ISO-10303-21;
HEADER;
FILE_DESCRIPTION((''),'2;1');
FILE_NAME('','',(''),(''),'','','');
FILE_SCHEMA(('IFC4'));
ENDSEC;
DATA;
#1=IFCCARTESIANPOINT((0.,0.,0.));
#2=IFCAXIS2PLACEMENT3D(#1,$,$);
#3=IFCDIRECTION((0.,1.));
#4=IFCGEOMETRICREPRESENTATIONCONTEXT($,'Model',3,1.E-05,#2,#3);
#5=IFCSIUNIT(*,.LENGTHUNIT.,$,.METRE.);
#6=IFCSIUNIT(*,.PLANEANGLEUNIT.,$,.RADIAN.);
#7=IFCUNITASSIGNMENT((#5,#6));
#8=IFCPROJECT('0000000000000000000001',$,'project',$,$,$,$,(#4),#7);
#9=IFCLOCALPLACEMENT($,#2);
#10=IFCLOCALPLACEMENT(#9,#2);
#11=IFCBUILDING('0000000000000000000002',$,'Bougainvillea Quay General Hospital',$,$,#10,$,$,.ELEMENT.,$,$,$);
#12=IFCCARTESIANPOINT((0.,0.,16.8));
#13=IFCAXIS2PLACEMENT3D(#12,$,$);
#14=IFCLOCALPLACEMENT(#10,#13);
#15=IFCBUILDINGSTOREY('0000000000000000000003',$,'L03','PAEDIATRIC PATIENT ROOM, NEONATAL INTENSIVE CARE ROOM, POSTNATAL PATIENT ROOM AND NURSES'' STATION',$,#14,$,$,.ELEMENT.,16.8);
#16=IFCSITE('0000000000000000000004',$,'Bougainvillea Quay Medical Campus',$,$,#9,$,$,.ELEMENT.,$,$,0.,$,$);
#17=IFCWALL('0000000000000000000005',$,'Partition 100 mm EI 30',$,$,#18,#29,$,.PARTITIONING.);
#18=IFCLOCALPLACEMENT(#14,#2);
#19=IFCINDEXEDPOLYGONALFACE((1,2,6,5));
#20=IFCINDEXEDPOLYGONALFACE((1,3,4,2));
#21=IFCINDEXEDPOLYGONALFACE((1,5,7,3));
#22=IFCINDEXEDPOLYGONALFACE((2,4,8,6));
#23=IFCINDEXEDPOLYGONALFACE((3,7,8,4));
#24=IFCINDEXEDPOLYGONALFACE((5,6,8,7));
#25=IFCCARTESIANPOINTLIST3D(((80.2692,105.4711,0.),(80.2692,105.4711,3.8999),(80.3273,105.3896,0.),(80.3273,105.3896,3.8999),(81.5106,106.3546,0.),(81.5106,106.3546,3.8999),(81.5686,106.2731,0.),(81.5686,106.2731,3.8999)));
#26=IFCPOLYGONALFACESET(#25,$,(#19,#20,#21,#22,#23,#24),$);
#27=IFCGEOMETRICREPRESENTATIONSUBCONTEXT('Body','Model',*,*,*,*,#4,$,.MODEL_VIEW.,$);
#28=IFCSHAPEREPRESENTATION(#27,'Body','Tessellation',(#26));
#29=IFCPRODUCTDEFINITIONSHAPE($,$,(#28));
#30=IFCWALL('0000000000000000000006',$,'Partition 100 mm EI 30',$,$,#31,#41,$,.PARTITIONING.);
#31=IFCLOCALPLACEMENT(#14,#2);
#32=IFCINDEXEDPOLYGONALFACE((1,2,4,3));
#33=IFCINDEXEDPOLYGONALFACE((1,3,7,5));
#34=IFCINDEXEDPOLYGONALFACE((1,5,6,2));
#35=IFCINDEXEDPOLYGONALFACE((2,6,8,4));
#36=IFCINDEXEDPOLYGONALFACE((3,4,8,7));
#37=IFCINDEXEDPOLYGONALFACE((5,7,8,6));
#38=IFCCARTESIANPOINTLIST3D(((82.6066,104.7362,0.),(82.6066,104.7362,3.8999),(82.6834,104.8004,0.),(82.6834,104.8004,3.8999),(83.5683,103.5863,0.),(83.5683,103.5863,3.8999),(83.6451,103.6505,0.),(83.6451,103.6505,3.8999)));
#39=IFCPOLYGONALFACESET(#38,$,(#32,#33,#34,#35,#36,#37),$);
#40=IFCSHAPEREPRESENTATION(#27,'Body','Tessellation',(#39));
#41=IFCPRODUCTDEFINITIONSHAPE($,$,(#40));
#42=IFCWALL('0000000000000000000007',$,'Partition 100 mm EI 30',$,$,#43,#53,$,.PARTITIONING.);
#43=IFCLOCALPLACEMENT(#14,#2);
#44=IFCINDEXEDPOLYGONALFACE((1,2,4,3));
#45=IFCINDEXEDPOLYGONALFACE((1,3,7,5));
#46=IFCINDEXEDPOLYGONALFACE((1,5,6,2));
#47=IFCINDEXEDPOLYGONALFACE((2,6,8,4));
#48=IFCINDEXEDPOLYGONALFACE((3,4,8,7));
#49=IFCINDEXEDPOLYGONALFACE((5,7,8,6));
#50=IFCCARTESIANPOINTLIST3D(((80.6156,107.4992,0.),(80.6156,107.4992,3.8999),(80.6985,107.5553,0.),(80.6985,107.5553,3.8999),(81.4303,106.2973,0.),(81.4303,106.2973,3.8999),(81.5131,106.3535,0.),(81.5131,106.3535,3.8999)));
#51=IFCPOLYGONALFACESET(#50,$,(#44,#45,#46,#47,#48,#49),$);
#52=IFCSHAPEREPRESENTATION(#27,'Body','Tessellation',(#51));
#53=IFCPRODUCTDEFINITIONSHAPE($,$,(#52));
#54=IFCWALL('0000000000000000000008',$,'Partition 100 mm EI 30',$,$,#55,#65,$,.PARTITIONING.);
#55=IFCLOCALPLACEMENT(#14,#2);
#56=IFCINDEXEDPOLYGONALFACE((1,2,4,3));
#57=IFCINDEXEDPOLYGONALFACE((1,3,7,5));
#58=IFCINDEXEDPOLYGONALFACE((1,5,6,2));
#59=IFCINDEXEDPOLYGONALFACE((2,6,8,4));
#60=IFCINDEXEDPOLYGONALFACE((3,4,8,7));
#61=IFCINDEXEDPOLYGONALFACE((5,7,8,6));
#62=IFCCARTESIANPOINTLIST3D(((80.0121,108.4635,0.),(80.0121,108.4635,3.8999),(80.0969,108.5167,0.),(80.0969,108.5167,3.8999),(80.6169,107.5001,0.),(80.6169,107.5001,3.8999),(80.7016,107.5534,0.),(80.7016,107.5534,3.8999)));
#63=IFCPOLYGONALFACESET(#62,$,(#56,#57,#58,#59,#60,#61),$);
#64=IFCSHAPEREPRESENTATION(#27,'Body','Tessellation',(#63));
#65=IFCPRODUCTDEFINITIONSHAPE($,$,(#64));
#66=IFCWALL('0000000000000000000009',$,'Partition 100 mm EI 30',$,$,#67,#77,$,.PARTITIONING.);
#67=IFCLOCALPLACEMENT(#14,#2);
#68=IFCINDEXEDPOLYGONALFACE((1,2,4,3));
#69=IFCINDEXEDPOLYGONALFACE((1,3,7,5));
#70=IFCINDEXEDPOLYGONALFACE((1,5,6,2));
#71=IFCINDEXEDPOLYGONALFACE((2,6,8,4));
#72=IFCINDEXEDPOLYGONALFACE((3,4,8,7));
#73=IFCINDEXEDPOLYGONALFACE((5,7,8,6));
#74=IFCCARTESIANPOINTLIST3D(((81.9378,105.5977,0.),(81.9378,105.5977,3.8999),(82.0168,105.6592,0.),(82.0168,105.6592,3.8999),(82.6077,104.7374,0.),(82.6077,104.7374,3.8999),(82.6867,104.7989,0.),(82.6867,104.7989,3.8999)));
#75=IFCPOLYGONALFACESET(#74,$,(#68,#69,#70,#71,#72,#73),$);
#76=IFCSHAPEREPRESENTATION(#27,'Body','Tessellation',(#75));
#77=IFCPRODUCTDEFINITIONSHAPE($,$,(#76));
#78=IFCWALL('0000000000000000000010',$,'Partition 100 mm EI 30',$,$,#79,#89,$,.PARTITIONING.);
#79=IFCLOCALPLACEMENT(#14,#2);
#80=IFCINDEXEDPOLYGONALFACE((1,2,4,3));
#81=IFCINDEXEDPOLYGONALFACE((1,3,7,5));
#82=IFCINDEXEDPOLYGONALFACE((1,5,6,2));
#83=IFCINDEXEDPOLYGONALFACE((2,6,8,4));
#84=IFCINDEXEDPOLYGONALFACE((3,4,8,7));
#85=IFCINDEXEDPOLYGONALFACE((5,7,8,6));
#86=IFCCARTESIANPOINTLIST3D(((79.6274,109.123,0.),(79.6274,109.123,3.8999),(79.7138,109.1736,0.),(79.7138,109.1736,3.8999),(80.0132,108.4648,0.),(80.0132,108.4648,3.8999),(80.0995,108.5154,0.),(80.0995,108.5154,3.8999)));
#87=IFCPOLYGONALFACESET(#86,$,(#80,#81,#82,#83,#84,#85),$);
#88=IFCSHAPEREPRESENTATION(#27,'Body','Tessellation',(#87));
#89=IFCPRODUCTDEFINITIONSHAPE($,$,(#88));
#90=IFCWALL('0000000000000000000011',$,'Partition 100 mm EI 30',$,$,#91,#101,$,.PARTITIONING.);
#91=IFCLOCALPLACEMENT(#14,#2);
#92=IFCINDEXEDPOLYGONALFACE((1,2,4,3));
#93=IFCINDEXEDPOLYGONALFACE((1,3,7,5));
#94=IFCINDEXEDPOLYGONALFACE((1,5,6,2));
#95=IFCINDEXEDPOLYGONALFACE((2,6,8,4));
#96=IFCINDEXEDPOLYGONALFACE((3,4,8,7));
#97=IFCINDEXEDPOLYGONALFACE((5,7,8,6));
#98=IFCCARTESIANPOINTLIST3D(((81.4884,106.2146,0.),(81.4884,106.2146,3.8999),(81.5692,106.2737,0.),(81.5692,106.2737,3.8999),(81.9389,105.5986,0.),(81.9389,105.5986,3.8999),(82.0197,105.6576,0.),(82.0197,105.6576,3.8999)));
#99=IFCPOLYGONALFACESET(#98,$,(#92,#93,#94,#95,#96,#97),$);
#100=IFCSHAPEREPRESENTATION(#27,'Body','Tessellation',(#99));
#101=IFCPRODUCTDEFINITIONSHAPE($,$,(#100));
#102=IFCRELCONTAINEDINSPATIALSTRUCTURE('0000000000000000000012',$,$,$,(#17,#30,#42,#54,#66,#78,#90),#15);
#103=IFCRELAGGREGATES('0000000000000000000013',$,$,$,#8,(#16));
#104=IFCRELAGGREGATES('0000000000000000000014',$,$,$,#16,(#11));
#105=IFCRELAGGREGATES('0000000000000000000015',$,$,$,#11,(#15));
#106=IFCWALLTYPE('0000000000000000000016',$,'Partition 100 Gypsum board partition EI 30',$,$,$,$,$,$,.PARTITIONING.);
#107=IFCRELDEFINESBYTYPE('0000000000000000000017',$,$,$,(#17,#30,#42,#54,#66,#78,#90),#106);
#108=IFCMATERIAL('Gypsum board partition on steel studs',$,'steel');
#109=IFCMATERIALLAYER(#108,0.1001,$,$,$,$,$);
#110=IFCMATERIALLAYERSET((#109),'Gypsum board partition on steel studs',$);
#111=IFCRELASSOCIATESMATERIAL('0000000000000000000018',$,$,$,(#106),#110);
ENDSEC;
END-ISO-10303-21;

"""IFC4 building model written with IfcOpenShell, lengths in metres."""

from ifc_helpers import new_model, si_unit, direction, frame, frame_2d, origin, place, context, subcontext, project, spatial, rectangle, extrude, material, layer, layer_set, type_object, element, save


model = new_model("IFC4")

# Units and contexts
model_context = context("Model", 3, precision=1e-05, world=origin(), true_north=direction((0.0, 1.0)))
body_context = subcontext(model_context, "Body", "Model", "MODEL_VIEW")
ifc_project = project(units=[si_unit("LENGTHUNIT", "METRE"), si_unit("PLANEANGLEUNIT", "RADIAN")], contexts=[model_context])

# Site, building, storey
site_placement = place(None, origin())
site = spatial("IfcSite", under=ifc_project, at=site_placement, Name="Bougainvillea Quay Medical Campus", CompositionType="ELEMENT", RefElevation=0.0)
building_placement = place(site_placement, origin())
building = spatial("IfcBuilding", under=site, at=building_placement, Name="Bougainvillea Quay General Hospital", CompositionType="ELEMENT")
storey_placement = place(building_placement, frame((0.0, 0.0, 16.8)))
storey = spatial("IfcBuildingStorey", under=building, at=storey_placement, Name="L03", Description="PAEDIATRIC PATIENT ROOM, NEONATAL INTENSIVE CARE ROOM, POSTNATAL PATIENT ROOM AND NURSES' STATION", CompositionType="ELEMENT", Elevation=16.8)

# Walls
ifc_material_1 = material(Name="Gypsum board partition on steel studs", Category="steel")
ifc_layer_1 = layer(ifc_material_1, 0.1001)
ifc_layer_set_1 = layer_set([ifc_layer_1], Name="Gypsum board partition on steel studs")
wall_type = type_object("IfcWallType", Name="Partition 100 Gypsum board partition EI 30", PredefinedType="PARTITIONING", material=ifc_layer_set_1)
wall_1_placement = place(storey_placement, frame((80.2983, 105.4304, 0.0), z_axis=(0.0, 0.0, 1.0), x_axis=(0.814728, 0.579843, 0.0)))
element("IfcWall", 1, at=wall_1_placement, inside=storey, type_object=wall_type, Name="Partition 100 mm EI 30", PredefinedType="PARTITIONING", context=body_context, shape_type="SweptSolid", body=[
    extrude(rectangle(XDim=1.5237, YDim=0.1001, at=frame_2d((0.7617, 0.0))), origin(), (0.0, 0.0, 1.0), 3.8999),
])
wall_2_placement = place(storey_placement, frame((82.645, 104.7683, 0.0), z_axis=(0.0, 0.0, 1.0), x_axis=(0.641529, -0.767099, 0.0)))
element("IfcWall", 2, at=wall_2_placement, inside=storey, type_object=wall_type, Name="Partition 100 mm EI 30", PredefinedType="PARTITIONING", context=body_context, shape_type="SweptSolid", body=[
    extrude(rectangle(XDim=1.499, YDim=0.1001, at=frame_2d((0.7495, 0.0))), origin(), (0.0, 0.0, 1.0), 3.8999),
])
wall_3_placement = place(storey_placement, frame((80.657, 107.5273, 0.0), z_axis=(0.0, 0.0, 1.0), x_axis=(0.561086, -0.827757, 0.0)))
element("IfcWall", 3, at=wall_3_placement, inside=storey, type_object=wall_type, Name="Partition 100 mm EI 30", PredefinedType="PARTITIONING", context=body_context, shape_type="SweptSolid", body=[
    extrude(rectangle(XDim=1.4519, YDim=0.1001, at=frame_2d((0.7261, 0.0))), origin(), (0.0, 0.0, 1.0), 3.8999),
])
wall_4_placement = place(storey_placement, frame((80.0544, 108.4902, 0.0), z_axis=(0.0, 0.0, 1.0), x_axis=(0.531657, -0.84696, 0.0)))
element("IfcWall", 4, at=wall_4_placement, inside=storey, type_object=wall_type, Name="Partition 100 mm EI 30", PredefinedType="PARTITIONING", context=body_context, shape_type="SweptSolid", body=[
    extrude(rectangle(XDim=1.1375, YDim=0.1001, at=frame_2d((0.5688, 0.0))), origin(), (0.0, 0.0, 1.0), 3.8999),
])
wall_5_placement = place(storey_placement, frame((81.9773, 105.6284, 0.0), z_axis=(0.0, 0.0, 1.0), x_axis=(0.614375, -0.789015, 0.0)))
element("IfcWall", 5, at=wall_5_placement, inside=storey, type_object=wall_type, Name="Partition 100 mm EI 30", PredefinedType="PARTITIONING", context=body_context, shape_type="SweptSolid", body=[
    extrude(rectangle(XDim=1.0903, YDim=0.1001, at=frame_2d((0.5452, 0.0))), origin(), (0.0, 0.0, 1.0), 3.8999),
])
wall_6_placement = place(storey_placement, frame((79.6707, 109.1482, 0.0), z_axis=(0.0, 0.0, 1.0), x_axis=(0.505621, -0.862756, 0.0)))
element("IfcWall", 6, at=wall_6_placement, inside=storey, type_object=wall_type, Name="Partition 100 mm EI 30", PredefinedType="PARTITIONING", context=body_context, shape_type="SweptSolid", body=[
    extrude(rectangle(XDim=0.7629, YDim=0.1001, at=frame_2d((0.3813, 0.0))), origin(), (0.0, 0.0, 1.0), 3.8999),
])
wall_7_placement = place(storey_placement, frame((81.5288, 106.2441, 0.0), z_axis=(0.0, 0.0, 1.0), x_axis=(0.590281, -0.807198, 0.0)))
element("IfcWall", 7, at=wall_7_placement, inside=storey, type_object=wall_type, Name="Partition 100 mm EI 30", PredefinedType="PARTITIONING", context=body_context, shape_type="SweptSolid", body=[
    extrude(rectangle(XDim=0.7632, YDim=0.1001, at=frame_2d((0.3816, 0.0))), origin(), (0.0, 0.0, 1.0), 3.8999),
])

save(model, "model.ifc")
